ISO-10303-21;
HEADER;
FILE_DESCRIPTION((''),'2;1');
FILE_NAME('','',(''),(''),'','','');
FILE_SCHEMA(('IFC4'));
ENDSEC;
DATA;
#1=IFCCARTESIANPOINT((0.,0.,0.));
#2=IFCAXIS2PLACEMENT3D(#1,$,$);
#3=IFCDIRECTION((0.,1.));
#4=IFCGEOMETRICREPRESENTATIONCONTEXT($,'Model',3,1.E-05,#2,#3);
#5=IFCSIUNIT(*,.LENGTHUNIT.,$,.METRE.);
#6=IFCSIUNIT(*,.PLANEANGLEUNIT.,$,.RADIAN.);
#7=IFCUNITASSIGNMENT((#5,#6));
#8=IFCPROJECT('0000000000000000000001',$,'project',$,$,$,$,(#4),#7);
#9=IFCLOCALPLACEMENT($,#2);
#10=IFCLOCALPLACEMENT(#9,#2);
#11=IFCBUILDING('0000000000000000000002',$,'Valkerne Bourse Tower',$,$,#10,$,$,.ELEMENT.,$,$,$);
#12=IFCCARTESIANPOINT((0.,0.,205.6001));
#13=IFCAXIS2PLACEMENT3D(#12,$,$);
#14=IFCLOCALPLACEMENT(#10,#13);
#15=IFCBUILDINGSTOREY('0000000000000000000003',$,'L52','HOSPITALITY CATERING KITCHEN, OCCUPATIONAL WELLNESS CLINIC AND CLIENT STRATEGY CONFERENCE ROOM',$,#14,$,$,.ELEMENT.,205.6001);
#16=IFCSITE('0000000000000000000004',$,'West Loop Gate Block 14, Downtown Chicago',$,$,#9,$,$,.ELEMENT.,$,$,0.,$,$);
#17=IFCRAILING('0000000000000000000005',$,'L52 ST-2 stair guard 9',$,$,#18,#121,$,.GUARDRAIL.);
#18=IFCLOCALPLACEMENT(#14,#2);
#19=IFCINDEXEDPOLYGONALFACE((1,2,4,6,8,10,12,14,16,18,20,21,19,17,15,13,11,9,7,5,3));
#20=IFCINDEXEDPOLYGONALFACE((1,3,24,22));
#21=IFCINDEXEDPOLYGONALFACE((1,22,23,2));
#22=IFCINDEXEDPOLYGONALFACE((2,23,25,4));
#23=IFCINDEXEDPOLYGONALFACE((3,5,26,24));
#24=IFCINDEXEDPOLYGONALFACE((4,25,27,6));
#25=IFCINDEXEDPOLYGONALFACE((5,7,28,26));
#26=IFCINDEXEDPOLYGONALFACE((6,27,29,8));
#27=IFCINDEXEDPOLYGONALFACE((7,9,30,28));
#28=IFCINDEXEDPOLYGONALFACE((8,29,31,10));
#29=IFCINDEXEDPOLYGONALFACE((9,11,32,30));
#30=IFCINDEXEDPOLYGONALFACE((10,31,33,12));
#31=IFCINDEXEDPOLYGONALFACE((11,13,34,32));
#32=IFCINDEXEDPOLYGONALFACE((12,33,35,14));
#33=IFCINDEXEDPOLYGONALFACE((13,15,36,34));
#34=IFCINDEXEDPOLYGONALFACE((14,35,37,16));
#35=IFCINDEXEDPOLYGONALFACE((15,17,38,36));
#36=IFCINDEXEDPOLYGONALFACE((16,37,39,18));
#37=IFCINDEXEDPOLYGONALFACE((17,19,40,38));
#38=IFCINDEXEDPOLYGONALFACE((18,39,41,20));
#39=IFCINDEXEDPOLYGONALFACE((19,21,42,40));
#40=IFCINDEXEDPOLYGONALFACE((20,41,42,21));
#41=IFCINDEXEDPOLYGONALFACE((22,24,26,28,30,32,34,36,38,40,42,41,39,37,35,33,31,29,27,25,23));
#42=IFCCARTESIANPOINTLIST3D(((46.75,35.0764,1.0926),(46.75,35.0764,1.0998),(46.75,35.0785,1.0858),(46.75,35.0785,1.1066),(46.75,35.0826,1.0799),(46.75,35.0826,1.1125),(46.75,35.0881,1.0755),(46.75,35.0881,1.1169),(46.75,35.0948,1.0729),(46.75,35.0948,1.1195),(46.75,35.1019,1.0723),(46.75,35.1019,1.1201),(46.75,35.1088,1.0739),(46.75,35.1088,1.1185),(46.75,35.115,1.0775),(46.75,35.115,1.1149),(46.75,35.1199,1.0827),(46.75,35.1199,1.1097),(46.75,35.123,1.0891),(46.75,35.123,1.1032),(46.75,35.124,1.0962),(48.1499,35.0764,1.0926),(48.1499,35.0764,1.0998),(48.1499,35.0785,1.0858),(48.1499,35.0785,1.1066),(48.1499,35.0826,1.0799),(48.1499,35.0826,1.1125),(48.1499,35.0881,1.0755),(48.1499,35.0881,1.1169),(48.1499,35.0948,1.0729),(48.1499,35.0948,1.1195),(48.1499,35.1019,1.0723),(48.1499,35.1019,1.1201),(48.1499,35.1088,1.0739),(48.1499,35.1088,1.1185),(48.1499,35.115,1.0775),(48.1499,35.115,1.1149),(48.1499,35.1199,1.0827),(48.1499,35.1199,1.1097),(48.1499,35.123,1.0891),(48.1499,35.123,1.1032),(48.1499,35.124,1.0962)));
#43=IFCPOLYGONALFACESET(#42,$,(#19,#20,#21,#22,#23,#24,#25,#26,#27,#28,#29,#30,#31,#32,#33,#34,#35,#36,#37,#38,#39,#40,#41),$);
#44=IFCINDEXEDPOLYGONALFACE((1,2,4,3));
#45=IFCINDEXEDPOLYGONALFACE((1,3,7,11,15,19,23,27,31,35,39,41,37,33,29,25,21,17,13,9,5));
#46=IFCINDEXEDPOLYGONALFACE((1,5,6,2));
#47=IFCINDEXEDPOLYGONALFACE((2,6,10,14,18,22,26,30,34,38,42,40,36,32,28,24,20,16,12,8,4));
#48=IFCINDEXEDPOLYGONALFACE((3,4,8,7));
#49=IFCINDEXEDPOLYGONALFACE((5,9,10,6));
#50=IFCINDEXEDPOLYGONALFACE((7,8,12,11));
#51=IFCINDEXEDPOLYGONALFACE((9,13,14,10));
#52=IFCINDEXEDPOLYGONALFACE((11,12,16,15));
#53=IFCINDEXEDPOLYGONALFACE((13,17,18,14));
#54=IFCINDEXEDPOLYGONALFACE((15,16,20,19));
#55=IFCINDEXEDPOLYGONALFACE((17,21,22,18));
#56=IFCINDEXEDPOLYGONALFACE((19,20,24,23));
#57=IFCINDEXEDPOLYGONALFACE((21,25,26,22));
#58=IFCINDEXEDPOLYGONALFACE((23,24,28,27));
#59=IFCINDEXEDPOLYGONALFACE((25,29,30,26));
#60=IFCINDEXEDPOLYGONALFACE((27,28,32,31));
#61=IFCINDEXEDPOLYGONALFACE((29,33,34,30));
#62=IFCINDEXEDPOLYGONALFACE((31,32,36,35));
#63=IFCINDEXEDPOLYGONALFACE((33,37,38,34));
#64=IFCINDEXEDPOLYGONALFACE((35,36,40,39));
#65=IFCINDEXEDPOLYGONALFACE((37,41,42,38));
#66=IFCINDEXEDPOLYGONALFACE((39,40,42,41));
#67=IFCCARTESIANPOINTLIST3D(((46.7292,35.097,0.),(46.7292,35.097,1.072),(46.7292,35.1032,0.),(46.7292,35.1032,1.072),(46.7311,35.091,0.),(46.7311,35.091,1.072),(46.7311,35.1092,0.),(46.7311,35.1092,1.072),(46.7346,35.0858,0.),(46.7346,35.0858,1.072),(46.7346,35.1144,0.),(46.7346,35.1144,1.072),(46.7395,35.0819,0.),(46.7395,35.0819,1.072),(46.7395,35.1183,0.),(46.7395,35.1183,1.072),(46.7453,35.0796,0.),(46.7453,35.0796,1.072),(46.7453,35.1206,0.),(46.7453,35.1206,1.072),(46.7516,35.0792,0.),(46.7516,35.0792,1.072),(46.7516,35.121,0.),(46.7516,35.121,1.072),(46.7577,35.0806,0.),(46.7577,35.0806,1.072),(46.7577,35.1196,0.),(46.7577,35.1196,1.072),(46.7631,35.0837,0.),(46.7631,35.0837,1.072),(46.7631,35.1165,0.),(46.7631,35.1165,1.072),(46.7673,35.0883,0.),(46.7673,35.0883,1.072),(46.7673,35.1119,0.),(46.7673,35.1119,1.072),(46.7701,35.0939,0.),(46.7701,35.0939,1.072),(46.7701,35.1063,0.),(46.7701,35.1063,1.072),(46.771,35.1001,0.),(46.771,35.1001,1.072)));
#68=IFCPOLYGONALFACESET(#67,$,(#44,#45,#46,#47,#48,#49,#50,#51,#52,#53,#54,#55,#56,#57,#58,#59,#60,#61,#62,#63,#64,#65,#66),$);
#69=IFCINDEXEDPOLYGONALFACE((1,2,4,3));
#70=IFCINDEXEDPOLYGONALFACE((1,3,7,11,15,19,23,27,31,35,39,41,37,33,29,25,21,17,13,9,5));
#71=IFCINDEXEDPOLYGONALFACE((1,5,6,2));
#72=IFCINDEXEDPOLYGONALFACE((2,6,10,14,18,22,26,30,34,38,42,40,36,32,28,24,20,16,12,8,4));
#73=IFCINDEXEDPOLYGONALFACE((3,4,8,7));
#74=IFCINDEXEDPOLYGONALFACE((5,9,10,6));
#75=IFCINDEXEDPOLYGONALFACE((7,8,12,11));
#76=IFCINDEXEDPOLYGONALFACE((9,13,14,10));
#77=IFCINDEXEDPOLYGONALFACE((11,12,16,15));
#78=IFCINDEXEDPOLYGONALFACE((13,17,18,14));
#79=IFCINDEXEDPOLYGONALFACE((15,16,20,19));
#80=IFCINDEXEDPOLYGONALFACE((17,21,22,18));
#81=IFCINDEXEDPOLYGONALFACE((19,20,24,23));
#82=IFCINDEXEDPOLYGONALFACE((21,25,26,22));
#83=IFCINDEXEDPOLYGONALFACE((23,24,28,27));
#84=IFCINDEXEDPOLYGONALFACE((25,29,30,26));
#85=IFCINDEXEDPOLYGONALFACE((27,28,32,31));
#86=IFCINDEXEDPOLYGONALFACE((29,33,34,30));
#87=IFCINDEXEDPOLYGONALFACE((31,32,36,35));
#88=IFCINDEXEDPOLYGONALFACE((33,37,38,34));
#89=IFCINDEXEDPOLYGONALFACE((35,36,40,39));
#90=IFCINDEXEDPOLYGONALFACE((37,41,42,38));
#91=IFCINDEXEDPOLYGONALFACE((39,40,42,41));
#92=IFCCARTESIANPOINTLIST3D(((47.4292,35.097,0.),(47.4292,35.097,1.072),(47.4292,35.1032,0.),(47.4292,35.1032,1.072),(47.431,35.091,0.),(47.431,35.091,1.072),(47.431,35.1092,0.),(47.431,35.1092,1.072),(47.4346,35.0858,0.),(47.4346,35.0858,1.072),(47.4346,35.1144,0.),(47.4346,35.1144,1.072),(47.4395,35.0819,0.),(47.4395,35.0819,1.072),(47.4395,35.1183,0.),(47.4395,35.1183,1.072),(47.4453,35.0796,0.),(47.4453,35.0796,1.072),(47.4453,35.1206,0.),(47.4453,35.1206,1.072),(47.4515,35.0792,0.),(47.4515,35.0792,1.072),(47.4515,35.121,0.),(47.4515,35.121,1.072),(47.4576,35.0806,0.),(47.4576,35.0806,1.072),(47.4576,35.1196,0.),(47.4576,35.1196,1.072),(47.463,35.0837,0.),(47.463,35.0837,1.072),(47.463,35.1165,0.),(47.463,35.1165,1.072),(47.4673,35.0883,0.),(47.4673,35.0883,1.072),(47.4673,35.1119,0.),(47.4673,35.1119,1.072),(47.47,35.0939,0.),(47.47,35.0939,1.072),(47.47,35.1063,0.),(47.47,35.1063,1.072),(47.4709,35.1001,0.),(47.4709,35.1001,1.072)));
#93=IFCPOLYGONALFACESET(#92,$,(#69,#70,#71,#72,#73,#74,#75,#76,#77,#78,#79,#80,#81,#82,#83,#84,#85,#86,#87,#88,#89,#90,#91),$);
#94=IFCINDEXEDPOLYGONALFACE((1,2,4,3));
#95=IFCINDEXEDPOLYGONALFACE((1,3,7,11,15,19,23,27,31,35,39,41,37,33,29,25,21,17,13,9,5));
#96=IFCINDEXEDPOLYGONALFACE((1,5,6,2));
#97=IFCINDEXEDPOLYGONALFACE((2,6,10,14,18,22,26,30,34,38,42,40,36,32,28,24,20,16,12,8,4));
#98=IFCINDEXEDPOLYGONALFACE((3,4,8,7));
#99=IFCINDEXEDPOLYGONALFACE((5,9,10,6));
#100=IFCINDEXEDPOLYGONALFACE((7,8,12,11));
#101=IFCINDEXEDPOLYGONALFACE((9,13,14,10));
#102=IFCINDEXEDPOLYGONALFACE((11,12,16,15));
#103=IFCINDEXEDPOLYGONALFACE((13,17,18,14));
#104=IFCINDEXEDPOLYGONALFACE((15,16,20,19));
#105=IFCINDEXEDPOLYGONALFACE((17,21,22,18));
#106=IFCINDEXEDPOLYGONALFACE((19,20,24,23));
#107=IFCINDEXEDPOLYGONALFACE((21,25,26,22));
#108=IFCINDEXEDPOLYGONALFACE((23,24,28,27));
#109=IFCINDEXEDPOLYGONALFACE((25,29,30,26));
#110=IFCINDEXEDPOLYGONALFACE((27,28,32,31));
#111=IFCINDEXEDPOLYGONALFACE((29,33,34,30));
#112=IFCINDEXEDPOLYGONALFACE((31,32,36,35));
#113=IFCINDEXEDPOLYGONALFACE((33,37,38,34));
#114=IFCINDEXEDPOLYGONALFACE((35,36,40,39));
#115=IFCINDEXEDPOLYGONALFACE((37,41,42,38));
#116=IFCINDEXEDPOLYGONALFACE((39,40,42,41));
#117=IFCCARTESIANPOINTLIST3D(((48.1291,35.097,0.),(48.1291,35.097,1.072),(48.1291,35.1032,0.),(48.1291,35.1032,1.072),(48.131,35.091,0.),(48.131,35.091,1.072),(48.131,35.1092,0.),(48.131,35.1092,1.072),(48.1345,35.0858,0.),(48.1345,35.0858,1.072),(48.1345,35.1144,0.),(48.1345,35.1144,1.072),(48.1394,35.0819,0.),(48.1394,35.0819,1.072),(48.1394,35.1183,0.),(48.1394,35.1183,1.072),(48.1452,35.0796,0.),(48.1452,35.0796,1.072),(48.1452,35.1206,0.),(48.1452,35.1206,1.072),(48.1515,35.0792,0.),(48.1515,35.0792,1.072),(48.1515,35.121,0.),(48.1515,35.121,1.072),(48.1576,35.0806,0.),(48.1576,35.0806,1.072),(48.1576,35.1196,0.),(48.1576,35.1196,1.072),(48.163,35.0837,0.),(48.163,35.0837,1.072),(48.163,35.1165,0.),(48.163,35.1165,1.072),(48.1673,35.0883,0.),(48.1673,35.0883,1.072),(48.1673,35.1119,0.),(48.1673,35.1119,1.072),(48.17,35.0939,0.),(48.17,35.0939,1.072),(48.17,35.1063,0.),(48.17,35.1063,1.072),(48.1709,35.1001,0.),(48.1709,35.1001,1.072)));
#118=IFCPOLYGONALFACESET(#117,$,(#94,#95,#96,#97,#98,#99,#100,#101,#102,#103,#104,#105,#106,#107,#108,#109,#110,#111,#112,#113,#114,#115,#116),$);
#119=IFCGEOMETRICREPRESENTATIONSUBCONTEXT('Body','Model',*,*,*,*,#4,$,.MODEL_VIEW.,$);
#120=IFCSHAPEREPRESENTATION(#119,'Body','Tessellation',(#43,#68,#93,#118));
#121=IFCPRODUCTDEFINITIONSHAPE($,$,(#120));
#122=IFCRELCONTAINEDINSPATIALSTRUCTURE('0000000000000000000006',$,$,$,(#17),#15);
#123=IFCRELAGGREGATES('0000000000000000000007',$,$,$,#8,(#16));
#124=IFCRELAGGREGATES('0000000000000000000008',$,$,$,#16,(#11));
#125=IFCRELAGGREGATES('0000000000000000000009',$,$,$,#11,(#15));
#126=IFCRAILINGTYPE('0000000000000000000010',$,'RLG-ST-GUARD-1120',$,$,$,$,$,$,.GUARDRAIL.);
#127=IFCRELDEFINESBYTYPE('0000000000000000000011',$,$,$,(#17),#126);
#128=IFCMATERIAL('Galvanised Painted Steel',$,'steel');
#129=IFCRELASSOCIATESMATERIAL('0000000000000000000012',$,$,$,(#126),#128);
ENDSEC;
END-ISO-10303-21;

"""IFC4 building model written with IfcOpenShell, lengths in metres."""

from ifc_helpers import new_model, si_unit, direction, frame, origin, origin_2d, place, context, subcontext, project, spatial, circle, extrude, material, type_object, element, save


model = new_model("IFC4")

# Units and contexts
model_context = context("Model", 3, precision=1e-05, world=origin(), true_north=direction((0.0, 1.0)))
body_context = subcontext(model_context, "Body", "Model", "MODEL_VIEW")
ifc_project = project(units=[si_unit("LENGTHUNIT", "METRE"), si_unit("PLANEANGLEUNIT", "RADIAN")], contexts=[model_context])

# Site, building, storey
site_placement = place(None, origin())
site = spatial("IfcSite", under=ifc_project, at=site_placement, Name="West Loop Gate Block 14, Downtown Chicago", CompositionType="ELEMENT", RefElevation=0.0)
building_placement = place(site_placement, origin())
building = spatial("IfcBuilding", under=site, at=building_placement, Name="Valkerne Bourse Tower", CompositionType="ELEMENT")
storey_placement = place(building_placement, frame((0.0, 0.0, 205.6001)))
storey = spatial("IfcBuildingStorey", under=building, at=storey_placement, Name="L52", Description="HOSPITALITY CATERING KITCHEN, OCCUPATIONAL WELLNESS CLINIC AND CLIENT STRATEGY CONFERENCE ROOM", CompositionType="ELEMENT", Elevation=205.6001)

# Shared definitions
ifc_material_1 = material(Name="Galvanised Painted Steel", Category="steel")

# Railing
railing_type_1 = type_object("IfcRailingType", Name="RLG-ST-GUARD-1120", PredefinedType="GUARDRAIL", material=ifc_material_1)
for number, where, name in (
    (1, (46.75, 35.1001, 0.0), "L52 ST-2 stair guard 9"),
):
    element("IfcRailing", number, at=place(storey_placement, frame(where)), inside=storey, type_object=railing_type_1, Name=name, PredefinedType="GUARDRAIL", context=body_context, shape_type="SweptSolid", body=[
        extrude(circle(Radius=0.0239, at=origin_2d()), frame((0.0, 0.0, 1.0962), z_axis=(1.0, 0.0, 0.0), x_axis=(0.0, 1.0, 0.0)), (0.0, 0.0, 1.0), 1.3999),
        extrude(circle(Radius=0.021, at=origin_2d()), origin(), (0.0, 0.0, 1.0), 1.072),
        extrude(circle(Radius=0.021, at=origin_2d()), frame((0.7, 0.0, 0.0)), (0.0, 0.0, 1.0), 1.072),
        extrude(circle(Radius=0.021, at=origin_2d()), frame((1.3999, 0.0, 0.0)), (0.0, 0.0, 1.0), 1.072),
    ])

save(model, "model.ifc")
